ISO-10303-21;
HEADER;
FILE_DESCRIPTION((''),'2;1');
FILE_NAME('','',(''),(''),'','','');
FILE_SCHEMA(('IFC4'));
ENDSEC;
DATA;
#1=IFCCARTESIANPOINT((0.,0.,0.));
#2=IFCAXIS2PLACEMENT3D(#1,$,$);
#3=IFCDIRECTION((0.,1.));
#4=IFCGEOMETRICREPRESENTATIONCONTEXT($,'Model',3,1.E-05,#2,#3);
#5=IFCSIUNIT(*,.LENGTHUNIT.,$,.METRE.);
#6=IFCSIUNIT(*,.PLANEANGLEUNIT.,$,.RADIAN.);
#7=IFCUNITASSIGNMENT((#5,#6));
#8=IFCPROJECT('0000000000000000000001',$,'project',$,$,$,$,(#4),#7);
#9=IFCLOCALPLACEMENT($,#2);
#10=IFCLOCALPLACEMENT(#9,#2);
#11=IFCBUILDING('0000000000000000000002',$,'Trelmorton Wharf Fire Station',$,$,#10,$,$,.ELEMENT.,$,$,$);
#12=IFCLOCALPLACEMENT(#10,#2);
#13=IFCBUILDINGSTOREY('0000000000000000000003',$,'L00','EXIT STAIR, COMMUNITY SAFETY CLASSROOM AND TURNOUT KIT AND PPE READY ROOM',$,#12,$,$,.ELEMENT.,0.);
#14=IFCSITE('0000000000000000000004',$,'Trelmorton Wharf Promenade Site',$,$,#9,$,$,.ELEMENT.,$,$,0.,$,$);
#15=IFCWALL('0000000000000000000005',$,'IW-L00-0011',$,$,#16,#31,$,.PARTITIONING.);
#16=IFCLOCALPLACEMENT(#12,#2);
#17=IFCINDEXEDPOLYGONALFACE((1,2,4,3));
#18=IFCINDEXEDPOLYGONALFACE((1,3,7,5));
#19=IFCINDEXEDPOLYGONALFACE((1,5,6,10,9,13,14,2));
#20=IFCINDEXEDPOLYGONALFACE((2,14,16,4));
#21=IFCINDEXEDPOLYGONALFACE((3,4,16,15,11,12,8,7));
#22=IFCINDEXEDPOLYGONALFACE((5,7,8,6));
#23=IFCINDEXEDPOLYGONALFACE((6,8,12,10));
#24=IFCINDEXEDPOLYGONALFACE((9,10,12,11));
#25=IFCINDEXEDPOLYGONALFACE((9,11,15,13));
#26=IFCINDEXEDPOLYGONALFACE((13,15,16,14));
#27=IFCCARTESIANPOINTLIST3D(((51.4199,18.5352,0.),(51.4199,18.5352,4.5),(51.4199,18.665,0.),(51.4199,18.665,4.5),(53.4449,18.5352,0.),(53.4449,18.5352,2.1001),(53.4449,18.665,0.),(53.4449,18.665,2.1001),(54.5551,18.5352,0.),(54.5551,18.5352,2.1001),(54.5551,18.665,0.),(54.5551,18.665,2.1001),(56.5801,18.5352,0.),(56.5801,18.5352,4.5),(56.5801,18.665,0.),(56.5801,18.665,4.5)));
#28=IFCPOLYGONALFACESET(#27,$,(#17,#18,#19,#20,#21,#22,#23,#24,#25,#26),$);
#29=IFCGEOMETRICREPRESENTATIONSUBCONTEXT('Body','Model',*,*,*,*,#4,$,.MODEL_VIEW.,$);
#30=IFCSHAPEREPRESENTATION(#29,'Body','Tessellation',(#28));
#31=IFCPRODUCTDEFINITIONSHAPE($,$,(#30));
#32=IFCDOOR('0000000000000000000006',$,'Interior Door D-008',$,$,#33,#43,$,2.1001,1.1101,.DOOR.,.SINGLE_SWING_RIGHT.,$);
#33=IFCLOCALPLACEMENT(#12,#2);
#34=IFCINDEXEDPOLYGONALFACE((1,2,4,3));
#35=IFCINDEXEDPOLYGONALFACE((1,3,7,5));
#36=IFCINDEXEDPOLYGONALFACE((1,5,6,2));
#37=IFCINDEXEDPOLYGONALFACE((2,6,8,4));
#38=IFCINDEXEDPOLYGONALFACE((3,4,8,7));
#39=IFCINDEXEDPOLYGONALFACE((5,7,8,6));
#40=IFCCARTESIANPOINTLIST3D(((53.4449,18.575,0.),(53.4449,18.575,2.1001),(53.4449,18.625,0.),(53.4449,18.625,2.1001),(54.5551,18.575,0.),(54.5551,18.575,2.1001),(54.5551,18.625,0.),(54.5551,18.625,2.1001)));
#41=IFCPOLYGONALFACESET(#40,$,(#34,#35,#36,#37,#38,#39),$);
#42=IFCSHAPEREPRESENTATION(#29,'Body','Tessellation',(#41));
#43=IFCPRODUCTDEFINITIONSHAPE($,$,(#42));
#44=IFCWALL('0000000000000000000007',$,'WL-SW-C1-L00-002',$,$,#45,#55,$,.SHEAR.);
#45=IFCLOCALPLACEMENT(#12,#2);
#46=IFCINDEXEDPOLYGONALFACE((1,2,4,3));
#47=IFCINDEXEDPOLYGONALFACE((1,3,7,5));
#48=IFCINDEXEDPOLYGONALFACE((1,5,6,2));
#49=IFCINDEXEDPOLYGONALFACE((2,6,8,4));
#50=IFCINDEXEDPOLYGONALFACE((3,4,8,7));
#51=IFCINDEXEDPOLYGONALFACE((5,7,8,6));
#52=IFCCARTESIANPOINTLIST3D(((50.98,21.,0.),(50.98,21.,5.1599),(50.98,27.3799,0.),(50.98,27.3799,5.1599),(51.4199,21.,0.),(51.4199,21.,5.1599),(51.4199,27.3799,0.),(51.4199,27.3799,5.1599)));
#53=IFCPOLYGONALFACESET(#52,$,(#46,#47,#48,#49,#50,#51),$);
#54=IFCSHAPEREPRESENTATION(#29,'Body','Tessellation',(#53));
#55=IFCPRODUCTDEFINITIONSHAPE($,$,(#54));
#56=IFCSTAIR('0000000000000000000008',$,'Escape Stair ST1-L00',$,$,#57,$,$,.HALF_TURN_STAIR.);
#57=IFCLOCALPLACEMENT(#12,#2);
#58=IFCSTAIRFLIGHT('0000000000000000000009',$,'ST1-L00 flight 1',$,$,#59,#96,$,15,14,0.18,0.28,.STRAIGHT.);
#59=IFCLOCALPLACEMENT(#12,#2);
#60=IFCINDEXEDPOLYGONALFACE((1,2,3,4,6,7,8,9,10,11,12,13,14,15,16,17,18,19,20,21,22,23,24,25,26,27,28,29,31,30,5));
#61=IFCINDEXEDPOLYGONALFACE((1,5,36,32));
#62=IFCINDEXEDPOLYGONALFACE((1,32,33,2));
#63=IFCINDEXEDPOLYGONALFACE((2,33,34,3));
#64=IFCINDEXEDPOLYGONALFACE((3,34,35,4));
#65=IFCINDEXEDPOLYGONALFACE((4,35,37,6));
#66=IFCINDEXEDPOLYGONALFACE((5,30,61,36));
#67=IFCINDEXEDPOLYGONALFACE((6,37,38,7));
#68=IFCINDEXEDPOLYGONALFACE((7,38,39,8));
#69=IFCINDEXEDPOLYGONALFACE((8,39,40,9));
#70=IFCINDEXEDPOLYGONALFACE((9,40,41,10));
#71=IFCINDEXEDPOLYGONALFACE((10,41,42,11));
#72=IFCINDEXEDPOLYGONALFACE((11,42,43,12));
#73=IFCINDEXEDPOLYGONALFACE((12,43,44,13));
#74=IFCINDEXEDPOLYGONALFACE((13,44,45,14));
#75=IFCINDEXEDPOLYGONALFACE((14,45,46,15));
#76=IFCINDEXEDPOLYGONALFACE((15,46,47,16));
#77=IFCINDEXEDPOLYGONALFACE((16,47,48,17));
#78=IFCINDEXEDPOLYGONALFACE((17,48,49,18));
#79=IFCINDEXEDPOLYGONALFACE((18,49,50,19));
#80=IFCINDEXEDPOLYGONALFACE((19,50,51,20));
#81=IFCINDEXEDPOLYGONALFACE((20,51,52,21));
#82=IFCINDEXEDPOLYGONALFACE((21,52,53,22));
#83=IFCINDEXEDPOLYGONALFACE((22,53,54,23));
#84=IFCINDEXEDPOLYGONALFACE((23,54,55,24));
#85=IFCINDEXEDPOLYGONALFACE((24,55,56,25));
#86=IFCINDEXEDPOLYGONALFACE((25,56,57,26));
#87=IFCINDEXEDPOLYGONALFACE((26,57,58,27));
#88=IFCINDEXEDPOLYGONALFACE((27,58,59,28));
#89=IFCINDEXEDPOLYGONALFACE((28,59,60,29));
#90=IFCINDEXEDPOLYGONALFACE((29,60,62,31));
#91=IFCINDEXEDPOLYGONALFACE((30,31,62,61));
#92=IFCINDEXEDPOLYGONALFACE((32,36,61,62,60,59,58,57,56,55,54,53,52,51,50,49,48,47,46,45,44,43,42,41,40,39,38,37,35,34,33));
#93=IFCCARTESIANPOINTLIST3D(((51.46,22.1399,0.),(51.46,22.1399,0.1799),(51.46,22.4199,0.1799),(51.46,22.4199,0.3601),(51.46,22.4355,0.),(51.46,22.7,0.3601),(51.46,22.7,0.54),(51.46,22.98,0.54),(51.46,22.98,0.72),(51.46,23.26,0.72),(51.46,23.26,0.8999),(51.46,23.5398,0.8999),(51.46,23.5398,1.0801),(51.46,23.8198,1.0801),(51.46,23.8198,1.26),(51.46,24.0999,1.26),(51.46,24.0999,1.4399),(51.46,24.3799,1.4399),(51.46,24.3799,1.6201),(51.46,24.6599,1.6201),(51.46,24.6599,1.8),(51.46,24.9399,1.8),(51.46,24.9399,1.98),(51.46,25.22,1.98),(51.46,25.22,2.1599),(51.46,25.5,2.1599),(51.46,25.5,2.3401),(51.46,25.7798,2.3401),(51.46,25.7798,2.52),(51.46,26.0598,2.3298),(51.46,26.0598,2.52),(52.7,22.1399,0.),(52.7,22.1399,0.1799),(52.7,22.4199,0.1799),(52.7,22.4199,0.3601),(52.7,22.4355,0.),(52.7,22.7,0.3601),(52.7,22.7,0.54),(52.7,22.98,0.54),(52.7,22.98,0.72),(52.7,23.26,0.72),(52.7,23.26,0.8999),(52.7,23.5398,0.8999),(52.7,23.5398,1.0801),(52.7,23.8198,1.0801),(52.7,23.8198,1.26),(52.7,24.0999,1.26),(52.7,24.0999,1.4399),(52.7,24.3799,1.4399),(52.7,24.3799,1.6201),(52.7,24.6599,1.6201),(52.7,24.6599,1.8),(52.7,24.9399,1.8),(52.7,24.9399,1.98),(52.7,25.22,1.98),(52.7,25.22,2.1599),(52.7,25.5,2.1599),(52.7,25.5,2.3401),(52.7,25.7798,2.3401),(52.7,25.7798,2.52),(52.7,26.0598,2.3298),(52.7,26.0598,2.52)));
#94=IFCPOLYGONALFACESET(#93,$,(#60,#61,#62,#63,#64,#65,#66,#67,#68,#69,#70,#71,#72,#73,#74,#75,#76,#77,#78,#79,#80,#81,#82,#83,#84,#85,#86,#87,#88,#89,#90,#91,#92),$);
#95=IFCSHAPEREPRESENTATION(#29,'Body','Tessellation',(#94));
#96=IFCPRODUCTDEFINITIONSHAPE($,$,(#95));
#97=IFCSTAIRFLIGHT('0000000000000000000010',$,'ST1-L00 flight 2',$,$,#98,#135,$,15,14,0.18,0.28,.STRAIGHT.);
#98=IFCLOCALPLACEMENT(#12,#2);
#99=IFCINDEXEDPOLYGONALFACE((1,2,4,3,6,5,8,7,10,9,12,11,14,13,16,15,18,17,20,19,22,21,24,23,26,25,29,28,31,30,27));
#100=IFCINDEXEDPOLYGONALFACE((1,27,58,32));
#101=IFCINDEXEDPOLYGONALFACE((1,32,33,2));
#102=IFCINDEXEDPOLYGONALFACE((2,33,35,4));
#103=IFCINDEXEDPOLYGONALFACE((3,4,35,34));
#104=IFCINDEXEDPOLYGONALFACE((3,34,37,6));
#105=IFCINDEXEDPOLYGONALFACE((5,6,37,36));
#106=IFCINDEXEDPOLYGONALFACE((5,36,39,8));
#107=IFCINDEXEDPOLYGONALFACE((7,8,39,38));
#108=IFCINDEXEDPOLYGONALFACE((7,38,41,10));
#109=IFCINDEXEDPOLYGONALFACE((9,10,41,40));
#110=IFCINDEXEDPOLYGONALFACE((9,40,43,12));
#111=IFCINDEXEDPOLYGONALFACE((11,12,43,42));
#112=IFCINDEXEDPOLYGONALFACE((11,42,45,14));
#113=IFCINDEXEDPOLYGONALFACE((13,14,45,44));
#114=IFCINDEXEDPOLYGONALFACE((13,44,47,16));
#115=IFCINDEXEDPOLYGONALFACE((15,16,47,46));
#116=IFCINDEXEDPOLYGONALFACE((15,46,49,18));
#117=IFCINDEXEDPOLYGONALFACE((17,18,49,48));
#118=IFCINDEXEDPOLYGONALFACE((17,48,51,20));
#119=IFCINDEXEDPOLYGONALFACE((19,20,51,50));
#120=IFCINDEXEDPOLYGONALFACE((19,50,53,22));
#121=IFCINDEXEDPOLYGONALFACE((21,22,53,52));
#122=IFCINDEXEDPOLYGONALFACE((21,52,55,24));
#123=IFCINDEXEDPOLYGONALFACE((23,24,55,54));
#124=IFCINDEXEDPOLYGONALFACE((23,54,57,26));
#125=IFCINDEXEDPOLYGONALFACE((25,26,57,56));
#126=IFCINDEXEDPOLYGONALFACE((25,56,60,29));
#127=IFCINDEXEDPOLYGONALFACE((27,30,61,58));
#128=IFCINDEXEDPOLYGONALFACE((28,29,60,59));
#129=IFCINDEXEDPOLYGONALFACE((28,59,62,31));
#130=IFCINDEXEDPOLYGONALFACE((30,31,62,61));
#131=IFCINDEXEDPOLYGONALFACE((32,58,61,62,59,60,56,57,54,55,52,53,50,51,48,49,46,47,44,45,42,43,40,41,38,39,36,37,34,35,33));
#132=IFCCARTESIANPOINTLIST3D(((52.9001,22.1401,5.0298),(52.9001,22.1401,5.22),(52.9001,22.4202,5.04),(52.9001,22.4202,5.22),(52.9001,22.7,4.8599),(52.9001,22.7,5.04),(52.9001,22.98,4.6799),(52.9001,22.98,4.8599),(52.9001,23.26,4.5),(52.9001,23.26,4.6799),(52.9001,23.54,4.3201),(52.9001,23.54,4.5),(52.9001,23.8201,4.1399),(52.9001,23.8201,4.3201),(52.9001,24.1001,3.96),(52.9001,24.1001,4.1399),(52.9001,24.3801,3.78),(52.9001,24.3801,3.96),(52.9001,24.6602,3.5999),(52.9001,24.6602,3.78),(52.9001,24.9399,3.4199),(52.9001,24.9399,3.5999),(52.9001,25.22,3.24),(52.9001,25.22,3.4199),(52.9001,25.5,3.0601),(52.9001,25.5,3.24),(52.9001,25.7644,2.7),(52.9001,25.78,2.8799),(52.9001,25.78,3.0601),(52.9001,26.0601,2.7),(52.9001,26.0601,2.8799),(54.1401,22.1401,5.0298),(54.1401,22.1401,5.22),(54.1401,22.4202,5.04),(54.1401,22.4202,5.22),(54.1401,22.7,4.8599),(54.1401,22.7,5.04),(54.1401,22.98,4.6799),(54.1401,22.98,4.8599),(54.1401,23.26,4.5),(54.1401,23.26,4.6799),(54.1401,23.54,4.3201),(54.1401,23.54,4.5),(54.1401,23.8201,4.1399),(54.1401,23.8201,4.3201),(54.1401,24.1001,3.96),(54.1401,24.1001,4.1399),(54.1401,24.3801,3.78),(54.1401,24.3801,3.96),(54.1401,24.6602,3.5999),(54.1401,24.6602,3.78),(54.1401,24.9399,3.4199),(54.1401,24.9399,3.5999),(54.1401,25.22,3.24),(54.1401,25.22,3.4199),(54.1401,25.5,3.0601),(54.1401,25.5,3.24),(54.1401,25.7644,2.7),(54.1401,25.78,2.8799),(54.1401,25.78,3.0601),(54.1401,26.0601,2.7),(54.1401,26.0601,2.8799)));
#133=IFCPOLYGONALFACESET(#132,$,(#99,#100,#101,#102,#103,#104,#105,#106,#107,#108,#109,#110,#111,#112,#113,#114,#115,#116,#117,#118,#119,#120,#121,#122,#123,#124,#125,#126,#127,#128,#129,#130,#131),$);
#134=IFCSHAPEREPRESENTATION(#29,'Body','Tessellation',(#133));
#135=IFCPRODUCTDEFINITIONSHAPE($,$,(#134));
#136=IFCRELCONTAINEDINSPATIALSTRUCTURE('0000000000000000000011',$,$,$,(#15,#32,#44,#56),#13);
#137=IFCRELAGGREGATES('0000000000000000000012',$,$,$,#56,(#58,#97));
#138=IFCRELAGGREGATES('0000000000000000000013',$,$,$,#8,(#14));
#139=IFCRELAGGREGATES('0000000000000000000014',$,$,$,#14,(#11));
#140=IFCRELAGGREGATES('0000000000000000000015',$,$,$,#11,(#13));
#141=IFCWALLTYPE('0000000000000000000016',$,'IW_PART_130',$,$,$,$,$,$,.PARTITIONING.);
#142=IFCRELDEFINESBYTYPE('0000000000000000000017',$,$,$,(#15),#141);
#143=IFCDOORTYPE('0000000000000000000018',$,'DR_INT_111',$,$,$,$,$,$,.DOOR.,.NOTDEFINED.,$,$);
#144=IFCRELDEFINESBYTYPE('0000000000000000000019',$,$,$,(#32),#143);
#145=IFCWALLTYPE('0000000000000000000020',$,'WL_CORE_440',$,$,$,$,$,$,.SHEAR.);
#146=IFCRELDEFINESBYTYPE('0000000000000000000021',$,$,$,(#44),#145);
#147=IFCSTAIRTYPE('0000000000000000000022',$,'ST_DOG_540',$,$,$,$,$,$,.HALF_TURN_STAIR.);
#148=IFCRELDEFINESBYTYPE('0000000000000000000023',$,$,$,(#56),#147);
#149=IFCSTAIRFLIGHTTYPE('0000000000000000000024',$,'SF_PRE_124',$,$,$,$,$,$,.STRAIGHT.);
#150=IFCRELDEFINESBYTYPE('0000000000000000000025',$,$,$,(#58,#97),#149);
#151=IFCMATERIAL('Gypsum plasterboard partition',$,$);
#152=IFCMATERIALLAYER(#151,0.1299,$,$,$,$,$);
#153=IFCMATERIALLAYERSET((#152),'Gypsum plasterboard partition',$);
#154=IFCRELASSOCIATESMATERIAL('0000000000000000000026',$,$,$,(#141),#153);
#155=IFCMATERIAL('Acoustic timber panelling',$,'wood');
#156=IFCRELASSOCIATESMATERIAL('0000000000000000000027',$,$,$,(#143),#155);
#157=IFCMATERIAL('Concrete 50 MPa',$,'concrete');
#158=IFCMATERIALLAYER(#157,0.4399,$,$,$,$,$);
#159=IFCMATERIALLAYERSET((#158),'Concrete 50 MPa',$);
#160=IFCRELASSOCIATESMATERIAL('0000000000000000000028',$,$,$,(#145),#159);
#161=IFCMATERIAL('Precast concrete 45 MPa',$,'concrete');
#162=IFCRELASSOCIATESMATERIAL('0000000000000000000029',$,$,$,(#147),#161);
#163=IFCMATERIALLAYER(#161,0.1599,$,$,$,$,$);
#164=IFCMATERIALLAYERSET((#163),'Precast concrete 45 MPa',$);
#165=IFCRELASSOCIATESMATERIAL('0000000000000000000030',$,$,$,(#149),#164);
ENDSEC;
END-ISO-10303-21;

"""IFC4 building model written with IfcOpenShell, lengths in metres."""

from ifc_helpers import new_model, si_unit, direction, frame, frame_2d, origin, place, context, subcontext, project, spatial, polyline, rectangle, outline, extrude, material, layer, layer_set, type_object, element, fill, aggregate, save


model = new_model("IFC4")

# Units and contexts
model_context = context("Model", 3, precision=1e-05, world=origin(), true_north=direction((0.0, 1.0)))
body_context = subcontext(model_context, "Body", "Model", "MODEL_VIEW")
ifc_project = project(units=[si_unit("LENGTHUNIT", "METRE"), si_unit("PLANEANGLEUNIT", "RADIAN")], contexts=[model_context])

# Site, building, storey
site_placement = place(None, origin())
site = spatial("IfcSite", under=ifc_project, at=site_placement, Name="Trelmorton Wharf Promenade Site", CompositionType="ELEMENT", RefElevation=0.0)
building_placement = place(site_placement, origin())
building = spatial("IfcBuilding", under=site, at=building_placement, Name="Trelmorton Wharf Fire Station", CompositionType="ELEMENT")
storey_placement = place(building_placement, origin())
storey = spatial("IfcBuildingStorey", under=building, at=storey_placement, Name="L00", Description="EXIT STAIR, COMMUNITY SAFETY CLASSROOM AND TURNOUT KIT AND PPE READY ROOM", CompositionType="ELEMENT", Elevation=0.0)

# Wall, opening, door
ifc_material_1 = material(Name="Gypsum plasterboard partition")
ifc_layer_1 = layer(ifc_material_1, 0.1299)
ifc_layer_set_1 = layer_set([ifc_layer_1], Name="Gypsum plasterboard partition")
wall_type_1 = type_object("IfcWallType", Name="IW_PART_130", PredefinedType="PARTITIONING", material=ifc_layer_set_1)
wall_1_placement = place(storey_placement, frame((51.4199, 18.6001, 0.0), z_axis=(0.0, 0.0, 1.0), x_axis=(1.0, 0.0, 0.0)))
wall_1 = element("IfcWall", 1, at=wall_1_placement, inside=storey, type_object=wall_type_1, Name="IW-L00-0011", PredefinedType="PARTITIONING", context=body_context, shape_type="SweptSolid", body=[
    extrude(rectangle(XDim=5.1602, YDim=0.1299, at=frame_2d((2.5801, 0.0))), origin(), (0.0, 0.0, 1.0), 4.5),
])
opening_1_placement = place(wall_1_placement, frame((2.0249, 0.0, 0.0)))
opening_1 = element("IfcOpeningElement", 2, at=opening_1_placement, cuts=wall_1, PredefinedType="OPENING", context=body_context, shape_type="SweptSolid", body=[
    extrude(rectangle(XDim=1.1101, YDim=2.1001, at=frame_2d((0.5552, 1.05))), frame((0.0, 0.075, 0.0), z_axis=(0.0, -1.0, 0.0), x_axis=(1.0, 0.0, 0.0)), (0.0, 0.0, 1.0), 0.1499),
])
ifc_material_2 = material(Name="Acoustic timber panelling", Category="wood")
door_type_1 = type_object("IfcDoorType", Name="DR_INT_111", OperationType="NOTDEFINED", PredefinedType="DOOR", material=ifc_material_2)
door_1_placement = place(opening_1_placement, origin())
door_1 = element("IfcDoor", 3, at=door_1_placement, inside=storey, type_object=door_type_1, Name="Interior Door D-008", OperationType="SINGLE_SWING_RIGHT", OverallHeight=2.1001, OverallWidth=1.1101, PredefinedType="DOOR", context=body_context, shape_type="SweptSolid", body=[
    extrude(rectangle(XDim=1.1101, YDim=2.1001, at=frame_2d((0.5552, 1.05))), frame((0.0, 0.0249, 0.0), z_axis=(0.0, -1.0, 0.0), x_axis=(1.0, 0.0, 0.0)), (0.0, 0.0, 1.0), 0.05),
])
fill(opening_1, door_1)

# Wall
ifc_material_3 = material(Name="Concrete 50 MPa", Category="concrete")
ifc_layer_2 = layer(ifc_material_3, 0.4399)
ifc_layer_set_2 = layer_set([ifc_layer_2], Name="Concrete 50 MPa")
wall_type_2 = type_object("IfcWallType", Name="WL_CORE_440", PredefinedType="SHEAR", material=ifc_layer_set_2)
wall_2_placement = place(storey_placement, frame((51.2, 21.0, 0.0), z_axis=(0.0, 0.0, 1.0), x_axis=(0.0, 1.0, 0.0)))
element("IfcWall", 4, at=wall_2_placement, inside=storey, type_object=wall_type_2, Name="WL-SW-C1-L00-002", PredefinedType="SHEAR", context=body_context, shape_type="SweptSolid", body=[
    extrude(rectangle(XDim=6.3799, YDim=0.4399, at=frame_2d((3.1899, 0.0))), origin(), (0.0, 0.0, 1.0), 5.1599),
])

# Stair, stair flights
ifc_material_4 = material(Name="Precast concrete 45 MPa", Category="concrete")
stair_type = type_object("IfcStairType", Name="ST_DOG_540", PredefinedType="HALF_TURN_STAIR", material=ifc_material_4)
stair_placement = place(storey_placement, origin())
stair = element("IfcStair", 5, at=stair_placement, inside=storey, type_object=stair_type, Name="Escape Stair ST1-L00", PredefinedType="HALF_TURN_STAIR")
ifc_layer_3 = layer(ifc_material_4, 0.1599)
ifc_layer_set_3 = layer_set([ifc_layer_3], Name="Precast concrete 45 MPa")
stair_flight_type = type_object("IfcStairFlightType", Name="SF_PRE_124", PredefinedType="STRAIGHT", material=ifc_layer_set_3)
stair_flight_1_placement = place(storey_placement, frame((52.0801, 22.1399, 0.0), z_axis=(0.0, 0.0, 1.0), x_axis=(0.0, 1.0, 0.0)))
stair_flight_1 = element("IfcStairFlight", 6, at=stair_flight_1_placement, type_object=stair_flight_type, Name="ST1-L00 flight 1", NumberOfRisers=15, NumberOfTreads=14, PredefinedType="STRAIGHT", RiserHeight=0.18, TreadLength=0.28, context=body_context, shape_type="SweptSolid", body=[
    extrude(outline(polyline([(0.0, 0.0), (0.0, 0.1799), (0.28, 0.1799), (0.28, 0.3601), (0.5601, 0.3601), (0.5601, 0.54), (0.8401, 0.54), (0.8401, 0.72), (1.1201, 0.72), (1.1201, 0.8999), (1.3999, 0.8999), (1.3999, 1.0801), (1.6799, 1.0801), (1.6799, 1.26), (1.96, 1.26), (1.96, 1.4399), (2.24, 1.4399), (2.24, 1.6201), (2.52, 1.6201), (2.52, 1.8), (2.8, 1.8), (2.8, 1.98), (3.0801, 1.98), (3.0801, 2.1599), (3.3601, 2.1599), (3.3601, 2.3401), (3.6399, 2.3401), (3.6399, 2.52), (3.9199, 2.52), (3.9199, 2.7), (3.9199, 2.3298), (0.2957, 0.0), (0.0, 0.0)])), frame((0.0, 0.6201, 0.0), z_axis=(0.0, -1.0, 0.0), x_axis=(1.0, 0.0, 0.0)), (0.0, 0.0, 1.0), 1.24),
])
stair_flight_2_placement = place(storey_placement, frame((53.52, 26.0601, 2.7), z_axis=(0.0, 0.0, 1.0), x_axis=(0.0, -1.0, 0.0)))
stair_flight_2 = element("IfcStairFlight", 7, at=stair_flight_2_placement, type_object=stair_flight_type, Name="ST1-L00 flight 2", NumberOfRisers=15, NumberOfTreads=14, PredefinedType="STRAIGHT", RiserHeight=0.18, TreadLength=0.28, context=body_context, shape_type="SweptSolid", body=[
    extrude(outline(polyline([(0.0, 0.0), (0.0, 0.1799), (0.28, 0.1799), (0.28, 0.3601), (0.5601, 0.3601), (0.5601, 0.54), (0.8401, 0.54), (0.8401, 0.72), (1.1201, 0.72), (1.1201, 0.8999), (1.3999, 0.8999), (1.3999, 1.0801), (1.6799, 1.0801), (1.6799, 1.26), (1.96, 1.26), (1.96, 1.4399), (2.24, 1.4399), (2.24, 1.6201), (2.52, 1.6201), (2.52, 1.8), (2.8, 1.8), (2.8, 1.98), (3.0801, 1.98), (3.0801, 2.1599), (3.3601, 2.1599), (3.3601, 2.3401), (3.6399, 2.3401), (3.6399, 2.52), (3.9199, 2.52), (3.9199, 2.7), (3.9199, 2.3298), (0.2957, 0.0), (0.0, 0.0)])), frame((0.0, 0.6201, 0.0), z_axis=(0.0, -1.0, 0.0), x_axis=(1.0, 0.0, 0.0)), (0.0, 0.0, 1.0), 1.24),
])
aggregate(stair, [stair_flight_1, stair_flight_2])

save(model, "model.ifc")
